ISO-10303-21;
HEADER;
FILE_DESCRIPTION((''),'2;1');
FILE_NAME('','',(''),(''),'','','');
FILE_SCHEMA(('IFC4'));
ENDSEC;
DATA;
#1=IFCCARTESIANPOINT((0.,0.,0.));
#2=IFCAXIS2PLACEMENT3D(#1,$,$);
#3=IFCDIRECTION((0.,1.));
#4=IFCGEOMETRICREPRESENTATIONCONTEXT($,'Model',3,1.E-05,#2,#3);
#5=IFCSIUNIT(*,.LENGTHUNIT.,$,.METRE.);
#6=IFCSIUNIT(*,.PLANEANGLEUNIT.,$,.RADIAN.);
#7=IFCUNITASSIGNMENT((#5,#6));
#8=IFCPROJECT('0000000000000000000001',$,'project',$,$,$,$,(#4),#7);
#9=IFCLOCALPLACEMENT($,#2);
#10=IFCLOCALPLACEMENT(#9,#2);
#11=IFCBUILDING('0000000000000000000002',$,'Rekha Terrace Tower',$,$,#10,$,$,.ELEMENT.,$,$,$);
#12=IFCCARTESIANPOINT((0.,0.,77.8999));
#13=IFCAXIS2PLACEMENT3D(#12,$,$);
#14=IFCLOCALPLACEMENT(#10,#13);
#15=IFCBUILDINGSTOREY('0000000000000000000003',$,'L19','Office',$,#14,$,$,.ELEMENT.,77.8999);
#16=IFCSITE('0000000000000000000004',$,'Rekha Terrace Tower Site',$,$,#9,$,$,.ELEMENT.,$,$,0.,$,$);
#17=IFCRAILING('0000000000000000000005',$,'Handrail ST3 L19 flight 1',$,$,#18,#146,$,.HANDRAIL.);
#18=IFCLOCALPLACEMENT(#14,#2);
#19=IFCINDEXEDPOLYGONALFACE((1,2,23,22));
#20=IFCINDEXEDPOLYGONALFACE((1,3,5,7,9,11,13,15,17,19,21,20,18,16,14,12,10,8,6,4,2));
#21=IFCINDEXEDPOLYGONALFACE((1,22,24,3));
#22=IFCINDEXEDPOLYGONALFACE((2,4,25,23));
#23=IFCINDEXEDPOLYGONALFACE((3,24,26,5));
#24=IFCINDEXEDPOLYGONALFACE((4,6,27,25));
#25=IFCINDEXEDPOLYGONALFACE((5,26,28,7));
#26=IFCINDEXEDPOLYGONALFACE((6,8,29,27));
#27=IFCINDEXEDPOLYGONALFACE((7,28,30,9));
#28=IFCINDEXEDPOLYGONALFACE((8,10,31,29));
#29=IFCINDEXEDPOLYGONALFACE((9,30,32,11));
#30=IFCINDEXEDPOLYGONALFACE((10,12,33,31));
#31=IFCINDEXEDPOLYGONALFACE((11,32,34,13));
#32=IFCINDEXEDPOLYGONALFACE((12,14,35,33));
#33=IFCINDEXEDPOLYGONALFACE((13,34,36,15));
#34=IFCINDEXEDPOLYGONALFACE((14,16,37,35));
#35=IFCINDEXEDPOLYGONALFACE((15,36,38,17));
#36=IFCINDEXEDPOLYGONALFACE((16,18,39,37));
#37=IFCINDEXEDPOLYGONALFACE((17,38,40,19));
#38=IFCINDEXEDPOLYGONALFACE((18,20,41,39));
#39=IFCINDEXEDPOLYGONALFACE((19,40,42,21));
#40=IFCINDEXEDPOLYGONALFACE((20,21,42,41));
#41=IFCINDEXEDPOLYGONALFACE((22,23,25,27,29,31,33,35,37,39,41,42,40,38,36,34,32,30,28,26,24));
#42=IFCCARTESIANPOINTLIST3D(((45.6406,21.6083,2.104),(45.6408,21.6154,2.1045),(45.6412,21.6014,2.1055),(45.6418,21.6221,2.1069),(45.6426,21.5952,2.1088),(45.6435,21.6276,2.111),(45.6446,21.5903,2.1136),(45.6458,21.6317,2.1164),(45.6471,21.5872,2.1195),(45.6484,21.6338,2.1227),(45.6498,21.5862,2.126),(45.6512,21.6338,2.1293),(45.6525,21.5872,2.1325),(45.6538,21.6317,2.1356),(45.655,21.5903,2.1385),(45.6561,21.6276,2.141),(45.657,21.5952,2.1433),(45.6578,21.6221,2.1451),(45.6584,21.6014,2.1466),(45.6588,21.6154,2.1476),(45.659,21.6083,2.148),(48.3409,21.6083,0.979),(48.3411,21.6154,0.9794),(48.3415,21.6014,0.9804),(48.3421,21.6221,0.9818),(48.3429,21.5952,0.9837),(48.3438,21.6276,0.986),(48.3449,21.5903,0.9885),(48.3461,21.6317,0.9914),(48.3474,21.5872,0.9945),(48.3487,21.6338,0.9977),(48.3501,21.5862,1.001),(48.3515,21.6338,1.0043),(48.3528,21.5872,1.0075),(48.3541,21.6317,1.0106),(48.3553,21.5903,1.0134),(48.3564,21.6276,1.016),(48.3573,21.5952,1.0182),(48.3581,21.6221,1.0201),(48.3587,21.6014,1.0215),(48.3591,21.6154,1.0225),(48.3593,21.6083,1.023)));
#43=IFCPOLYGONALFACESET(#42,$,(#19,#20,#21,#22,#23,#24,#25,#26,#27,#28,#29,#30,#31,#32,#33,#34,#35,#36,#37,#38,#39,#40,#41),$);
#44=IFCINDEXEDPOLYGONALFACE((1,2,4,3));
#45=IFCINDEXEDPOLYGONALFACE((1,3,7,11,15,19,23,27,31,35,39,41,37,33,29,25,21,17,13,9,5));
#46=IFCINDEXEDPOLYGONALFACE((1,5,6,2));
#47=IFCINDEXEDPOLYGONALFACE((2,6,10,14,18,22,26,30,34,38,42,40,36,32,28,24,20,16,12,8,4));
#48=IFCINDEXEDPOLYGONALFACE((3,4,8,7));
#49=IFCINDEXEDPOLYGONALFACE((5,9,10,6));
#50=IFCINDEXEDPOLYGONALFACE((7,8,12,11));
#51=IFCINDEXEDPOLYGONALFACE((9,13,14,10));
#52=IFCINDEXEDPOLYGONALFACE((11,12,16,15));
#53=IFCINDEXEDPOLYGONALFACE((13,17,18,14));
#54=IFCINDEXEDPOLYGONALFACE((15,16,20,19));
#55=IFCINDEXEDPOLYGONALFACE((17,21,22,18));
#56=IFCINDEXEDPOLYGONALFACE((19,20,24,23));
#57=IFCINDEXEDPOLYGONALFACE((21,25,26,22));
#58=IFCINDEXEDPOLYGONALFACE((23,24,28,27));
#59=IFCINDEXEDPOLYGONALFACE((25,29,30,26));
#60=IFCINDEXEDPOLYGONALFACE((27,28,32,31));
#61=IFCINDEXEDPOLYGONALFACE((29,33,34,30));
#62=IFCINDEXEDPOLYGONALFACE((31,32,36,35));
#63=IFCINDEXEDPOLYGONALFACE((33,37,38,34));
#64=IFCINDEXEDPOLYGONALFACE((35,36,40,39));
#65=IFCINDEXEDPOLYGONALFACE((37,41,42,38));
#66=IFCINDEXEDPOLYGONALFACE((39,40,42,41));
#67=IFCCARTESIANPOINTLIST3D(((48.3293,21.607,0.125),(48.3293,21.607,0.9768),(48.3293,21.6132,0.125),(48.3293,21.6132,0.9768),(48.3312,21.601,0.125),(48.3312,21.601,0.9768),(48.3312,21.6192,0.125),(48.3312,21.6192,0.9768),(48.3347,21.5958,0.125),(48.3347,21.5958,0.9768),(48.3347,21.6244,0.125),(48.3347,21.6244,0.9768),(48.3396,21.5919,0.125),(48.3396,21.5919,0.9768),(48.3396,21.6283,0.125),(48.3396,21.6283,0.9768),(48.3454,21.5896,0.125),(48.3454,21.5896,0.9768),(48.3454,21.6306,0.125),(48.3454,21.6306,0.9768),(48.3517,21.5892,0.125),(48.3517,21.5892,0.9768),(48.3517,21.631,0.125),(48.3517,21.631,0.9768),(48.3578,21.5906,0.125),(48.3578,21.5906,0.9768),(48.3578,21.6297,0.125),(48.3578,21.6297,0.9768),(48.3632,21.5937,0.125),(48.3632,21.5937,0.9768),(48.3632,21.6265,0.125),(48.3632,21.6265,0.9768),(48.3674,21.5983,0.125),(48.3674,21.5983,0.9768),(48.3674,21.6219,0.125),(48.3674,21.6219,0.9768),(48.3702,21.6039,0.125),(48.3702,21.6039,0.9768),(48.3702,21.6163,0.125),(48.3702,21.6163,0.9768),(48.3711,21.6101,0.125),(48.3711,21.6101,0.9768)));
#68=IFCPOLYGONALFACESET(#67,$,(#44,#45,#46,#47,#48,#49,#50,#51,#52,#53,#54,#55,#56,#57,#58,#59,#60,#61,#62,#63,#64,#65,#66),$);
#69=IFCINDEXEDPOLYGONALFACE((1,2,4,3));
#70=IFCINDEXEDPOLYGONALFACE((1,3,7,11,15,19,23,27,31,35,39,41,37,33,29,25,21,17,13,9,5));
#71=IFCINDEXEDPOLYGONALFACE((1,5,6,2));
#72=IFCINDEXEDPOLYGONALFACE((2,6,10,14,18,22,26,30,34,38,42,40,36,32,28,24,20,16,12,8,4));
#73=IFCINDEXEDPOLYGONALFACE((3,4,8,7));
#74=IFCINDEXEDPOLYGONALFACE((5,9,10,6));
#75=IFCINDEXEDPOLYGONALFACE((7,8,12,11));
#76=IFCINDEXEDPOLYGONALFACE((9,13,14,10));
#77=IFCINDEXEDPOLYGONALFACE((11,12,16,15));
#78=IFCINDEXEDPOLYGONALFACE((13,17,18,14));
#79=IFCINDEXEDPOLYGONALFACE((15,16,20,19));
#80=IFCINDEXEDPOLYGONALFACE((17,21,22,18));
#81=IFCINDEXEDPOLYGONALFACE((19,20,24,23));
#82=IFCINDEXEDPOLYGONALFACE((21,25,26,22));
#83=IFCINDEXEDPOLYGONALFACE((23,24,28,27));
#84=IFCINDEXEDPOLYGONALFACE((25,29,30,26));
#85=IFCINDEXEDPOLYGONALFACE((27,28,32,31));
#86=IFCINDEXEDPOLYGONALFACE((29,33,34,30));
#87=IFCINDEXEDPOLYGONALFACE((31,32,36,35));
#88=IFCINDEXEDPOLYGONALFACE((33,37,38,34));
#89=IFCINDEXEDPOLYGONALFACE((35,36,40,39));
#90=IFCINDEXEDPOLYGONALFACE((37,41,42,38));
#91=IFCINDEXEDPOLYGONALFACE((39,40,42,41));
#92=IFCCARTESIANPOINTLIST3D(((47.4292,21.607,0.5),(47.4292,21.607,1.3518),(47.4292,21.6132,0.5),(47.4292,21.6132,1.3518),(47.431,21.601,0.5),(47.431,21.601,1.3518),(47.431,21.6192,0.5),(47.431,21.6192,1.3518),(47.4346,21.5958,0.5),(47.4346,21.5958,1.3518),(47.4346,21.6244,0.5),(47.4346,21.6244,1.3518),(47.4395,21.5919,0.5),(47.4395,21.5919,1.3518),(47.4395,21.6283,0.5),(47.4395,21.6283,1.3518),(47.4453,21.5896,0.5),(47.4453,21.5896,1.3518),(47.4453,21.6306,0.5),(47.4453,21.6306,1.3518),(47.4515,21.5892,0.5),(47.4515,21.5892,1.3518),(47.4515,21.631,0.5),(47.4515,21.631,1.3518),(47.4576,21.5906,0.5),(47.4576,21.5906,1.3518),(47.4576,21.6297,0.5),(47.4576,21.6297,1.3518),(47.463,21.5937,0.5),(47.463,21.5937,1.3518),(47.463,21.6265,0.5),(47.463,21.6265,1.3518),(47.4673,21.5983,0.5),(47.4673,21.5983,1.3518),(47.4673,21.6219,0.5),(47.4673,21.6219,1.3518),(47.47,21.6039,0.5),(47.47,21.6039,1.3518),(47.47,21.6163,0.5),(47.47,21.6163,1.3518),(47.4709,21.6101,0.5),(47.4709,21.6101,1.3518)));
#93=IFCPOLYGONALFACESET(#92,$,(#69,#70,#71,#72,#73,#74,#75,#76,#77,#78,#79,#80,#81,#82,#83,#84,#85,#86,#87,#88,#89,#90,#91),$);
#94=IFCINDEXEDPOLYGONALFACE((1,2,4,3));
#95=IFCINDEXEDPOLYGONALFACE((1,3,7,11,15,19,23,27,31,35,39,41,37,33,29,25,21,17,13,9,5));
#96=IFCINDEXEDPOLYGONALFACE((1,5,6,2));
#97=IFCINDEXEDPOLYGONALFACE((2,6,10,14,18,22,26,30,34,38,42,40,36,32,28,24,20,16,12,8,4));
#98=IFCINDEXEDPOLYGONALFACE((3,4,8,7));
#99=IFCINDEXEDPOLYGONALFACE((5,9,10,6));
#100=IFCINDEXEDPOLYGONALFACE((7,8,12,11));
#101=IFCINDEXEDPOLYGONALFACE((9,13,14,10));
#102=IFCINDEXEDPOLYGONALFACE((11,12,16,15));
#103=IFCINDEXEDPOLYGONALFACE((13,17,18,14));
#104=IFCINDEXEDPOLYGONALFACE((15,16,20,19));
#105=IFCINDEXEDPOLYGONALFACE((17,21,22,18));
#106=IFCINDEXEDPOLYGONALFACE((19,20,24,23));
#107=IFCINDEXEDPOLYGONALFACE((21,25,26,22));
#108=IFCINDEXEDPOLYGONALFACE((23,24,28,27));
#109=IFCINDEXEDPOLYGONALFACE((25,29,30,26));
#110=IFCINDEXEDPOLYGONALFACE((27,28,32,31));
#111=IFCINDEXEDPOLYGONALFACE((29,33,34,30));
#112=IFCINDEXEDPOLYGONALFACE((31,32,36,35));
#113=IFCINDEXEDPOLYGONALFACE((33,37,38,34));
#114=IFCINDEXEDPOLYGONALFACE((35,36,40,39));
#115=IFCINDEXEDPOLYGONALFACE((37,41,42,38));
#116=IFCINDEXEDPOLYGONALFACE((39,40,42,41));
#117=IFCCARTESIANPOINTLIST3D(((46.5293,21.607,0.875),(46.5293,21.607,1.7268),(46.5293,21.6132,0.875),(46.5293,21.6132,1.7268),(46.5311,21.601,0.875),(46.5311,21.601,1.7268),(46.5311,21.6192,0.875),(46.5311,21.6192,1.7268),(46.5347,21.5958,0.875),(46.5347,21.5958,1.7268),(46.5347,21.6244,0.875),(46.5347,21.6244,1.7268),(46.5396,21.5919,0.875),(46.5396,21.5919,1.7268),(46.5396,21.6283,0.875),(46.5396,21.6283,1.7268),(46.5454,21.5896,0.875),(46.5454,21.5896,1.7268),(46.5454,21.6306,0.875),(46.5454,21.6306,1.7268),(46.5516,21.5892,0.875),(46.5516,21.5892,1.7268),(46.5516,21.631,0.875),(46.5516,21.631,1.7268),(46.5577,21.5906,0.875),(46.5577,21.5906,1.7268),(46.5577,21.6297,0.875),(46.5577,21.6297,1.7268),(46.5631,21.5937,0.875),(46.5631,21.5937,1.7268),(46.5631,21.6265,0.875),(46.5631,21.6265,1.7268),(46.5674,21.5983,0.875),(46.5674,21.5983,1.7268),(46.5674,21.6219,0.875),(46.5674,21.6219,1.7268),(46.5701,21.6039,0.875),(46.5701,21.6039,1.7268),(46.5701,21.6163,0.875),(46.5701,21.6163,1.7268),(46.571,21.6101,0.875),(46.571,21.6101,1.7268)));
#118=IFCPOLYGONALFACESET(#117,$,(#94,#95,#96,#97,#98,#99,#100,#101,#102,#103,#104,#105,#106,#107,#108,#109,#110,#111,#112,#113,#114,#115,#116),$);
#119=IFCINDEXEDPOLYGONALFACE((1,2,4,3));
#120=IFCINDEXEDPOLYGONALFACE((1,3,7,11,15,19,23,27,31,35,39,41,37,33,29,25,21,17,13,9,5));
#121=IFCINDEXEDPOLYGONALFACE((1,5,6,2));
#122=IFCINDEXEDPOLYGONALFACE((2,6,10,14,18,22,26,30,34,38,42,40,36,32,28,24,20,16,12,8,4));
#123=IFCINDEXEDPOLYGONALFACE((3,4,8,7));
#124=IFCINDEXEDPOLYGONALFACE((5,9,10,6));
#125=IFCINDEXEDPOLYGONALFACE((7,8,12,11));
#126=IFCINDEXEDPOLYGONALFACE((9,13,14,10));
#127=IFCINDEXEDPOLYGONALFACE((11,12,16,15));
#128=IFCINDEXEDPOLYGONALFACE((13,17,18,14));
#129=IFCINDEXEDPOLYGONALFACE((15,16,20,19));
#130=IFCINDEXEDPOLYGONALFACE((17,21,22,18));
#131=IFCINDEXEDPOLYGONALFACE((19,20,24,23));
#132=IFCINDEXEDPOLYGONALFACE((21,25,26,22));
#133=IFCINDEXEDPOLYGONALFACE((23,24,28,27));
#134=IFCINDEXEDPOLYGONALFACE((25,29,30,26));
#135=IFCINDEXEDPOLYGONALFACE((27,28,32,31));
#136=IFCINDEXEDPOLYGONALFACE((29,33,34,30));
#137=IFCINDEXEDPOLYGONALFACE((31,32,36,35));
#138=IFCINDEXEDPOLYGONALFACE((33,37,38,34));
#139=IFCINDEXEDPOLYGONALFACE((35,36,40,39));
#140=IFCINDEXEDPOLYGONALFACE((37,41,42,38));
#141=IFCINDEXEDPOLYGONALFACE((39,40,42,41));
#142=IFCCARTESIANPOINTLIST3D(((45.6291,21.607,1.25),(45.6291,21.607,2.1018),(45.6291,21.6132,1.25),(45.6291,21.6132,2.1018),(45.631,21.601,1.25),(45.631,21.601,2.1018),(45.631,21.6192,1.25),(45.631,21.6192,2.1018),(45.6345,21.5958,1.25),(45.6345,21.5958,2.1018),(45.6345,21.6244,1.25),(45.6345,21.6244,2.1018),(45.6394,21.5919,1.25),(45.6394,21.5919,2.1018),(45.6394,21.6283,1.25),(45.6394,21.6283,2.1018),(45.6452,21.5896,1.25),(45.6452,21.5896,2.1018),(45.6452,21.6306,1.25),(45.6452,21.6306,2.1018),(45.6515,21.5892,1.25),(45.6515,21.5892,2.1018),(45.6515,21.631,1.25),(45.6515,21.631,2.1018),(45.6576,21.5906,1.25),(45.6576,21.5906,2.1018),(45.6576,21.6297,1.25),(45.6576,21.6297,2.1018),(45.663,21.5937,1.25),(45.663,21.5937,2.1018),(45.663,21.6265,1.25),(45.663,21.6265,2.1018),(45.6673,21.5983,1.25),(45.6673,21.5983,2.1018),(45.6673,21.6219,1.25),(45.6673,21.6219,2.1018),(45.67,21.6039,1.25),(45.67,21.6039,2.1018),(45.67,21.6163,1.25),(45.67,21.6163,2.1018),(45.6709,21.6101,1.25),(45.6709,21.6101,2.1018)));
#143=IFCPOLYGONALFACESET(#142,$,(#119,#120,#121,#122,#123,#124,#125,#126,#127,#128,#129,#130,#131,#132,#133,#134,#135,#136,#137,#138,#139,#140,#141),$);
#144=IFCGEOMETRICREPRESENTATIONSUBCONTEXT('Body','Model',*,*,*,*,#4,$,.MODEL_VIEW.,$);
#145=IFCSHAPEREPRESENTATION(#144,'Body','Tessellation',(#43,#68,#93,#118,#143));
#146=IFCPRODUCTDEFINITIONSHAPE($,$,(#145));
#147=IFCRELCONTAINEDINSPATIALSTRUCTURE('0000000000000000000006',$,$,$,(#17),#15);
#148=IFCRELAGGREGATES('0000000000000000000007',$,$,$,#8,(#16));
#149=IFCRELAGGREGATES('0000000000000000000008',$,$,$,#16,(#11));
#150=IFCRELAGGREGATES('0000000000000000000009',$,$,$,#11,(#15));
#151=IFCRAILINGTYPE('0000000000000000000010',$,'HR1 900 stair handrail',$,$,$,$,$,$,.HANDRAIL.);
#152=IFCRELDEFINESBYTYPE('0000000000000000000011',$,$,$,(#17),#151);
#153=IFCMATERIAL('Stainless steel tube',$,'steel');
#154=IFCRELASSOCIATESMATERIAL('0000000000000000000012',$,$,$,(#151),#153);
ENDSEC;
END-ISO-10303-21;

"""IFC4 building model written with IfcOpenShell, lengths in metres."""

from ifc_helpers import new_model, si_unit, direction, frame, origin, origin_2d, place, context, subcontext, project, spatial, circle, extrude, material, type_object, element, save


model = new_model("IFC4")

# Units and contexts
model_context = context("Model", 3, precision=1e-05, world=origin(), true_north=direction((0.0, 1.0)))
body_context = subcontext(model_context, "Body", "Model", "MODEL_VIEW")
ifc_project = project(units=[si_unit("LENGTHUNIT", "METRE"), si_unit("PLANEANGLEUNIT", "RADIAN")], contexts=[model_context])

# Site, building, storey
site_placement = place(None, origin())
site = spatial("IfcSite", under=ifc_project, at=site_placement, Name="Rekha Terrace Tower Site", CompositionType="ELEMENT", RefElevation=0.0)
building_placement = place(site_placement, origin())
building = spatial("IfcBuilding", under=site, at=building_placement, Name="Rekha Terrace Tower", CompositionType="ELEMENT")
storey_placement = place(building_placement, frame((0.0, 0.0, 77.8999)))
storey = spatial("IfcBuildingStorey", under=building, at=storey_placement, Name="L19", Description="Office", CompositionType="ELEMENT", Elevation=77.8999)

# Railing
ifc_material_1 = material(Name="Stainless steel tube", Category="steel")
railing_type_1 = type_object("IfcRailingType", Name="HR1 900 stair handrail", PredefinedType="HANDRAIL", material=ifc_material_1)
railing_1_placement = place(storey_placement, frame((48.3501, 21.6101, 0.125)))
element("IfcRailing", 1, at=railing_1_placement, inside=storey, type_object=railing_type_1, Name="Handrail ST3 L19 flight 1", PredefinedType="HANDRAIL", context=body_context, shape_type="SweptSolid", body=[
    extrude(circle(Radius=0.0239, at=origin_2d()), frame((0.0, 0.0, 0.876), z_axis=(-0.923087, 0.0, 0.384592), x_axis=(0.0, -1.0, 0.0)), (0.0, 0.0, 1.0), 2.9253),
    extrude(circle(Radius=0.021, at=origin_2d()), origin(), (0.0, 0.0, 1.0), 0.8518),
    extrude(circle(Radius=0.021, at=origin_2d()), frame((-0.9001, 0.0, 0.375)), (0.0, 0.0, 1.0), 0.8518),
    extrude(circle(Radius=0.021, at=origin_2d()), frame((-1.8, 0.0, 0.75)), (0.0, 0.0, 1.0), 0.8518),
    extrude(circle(Radius=0.021, at=origin_2d()), frame((-2.7002, 0.0, 1.125)), (0.0, 0.0, 1.0), 0.8518),
])

save(model, "model.ifc")
